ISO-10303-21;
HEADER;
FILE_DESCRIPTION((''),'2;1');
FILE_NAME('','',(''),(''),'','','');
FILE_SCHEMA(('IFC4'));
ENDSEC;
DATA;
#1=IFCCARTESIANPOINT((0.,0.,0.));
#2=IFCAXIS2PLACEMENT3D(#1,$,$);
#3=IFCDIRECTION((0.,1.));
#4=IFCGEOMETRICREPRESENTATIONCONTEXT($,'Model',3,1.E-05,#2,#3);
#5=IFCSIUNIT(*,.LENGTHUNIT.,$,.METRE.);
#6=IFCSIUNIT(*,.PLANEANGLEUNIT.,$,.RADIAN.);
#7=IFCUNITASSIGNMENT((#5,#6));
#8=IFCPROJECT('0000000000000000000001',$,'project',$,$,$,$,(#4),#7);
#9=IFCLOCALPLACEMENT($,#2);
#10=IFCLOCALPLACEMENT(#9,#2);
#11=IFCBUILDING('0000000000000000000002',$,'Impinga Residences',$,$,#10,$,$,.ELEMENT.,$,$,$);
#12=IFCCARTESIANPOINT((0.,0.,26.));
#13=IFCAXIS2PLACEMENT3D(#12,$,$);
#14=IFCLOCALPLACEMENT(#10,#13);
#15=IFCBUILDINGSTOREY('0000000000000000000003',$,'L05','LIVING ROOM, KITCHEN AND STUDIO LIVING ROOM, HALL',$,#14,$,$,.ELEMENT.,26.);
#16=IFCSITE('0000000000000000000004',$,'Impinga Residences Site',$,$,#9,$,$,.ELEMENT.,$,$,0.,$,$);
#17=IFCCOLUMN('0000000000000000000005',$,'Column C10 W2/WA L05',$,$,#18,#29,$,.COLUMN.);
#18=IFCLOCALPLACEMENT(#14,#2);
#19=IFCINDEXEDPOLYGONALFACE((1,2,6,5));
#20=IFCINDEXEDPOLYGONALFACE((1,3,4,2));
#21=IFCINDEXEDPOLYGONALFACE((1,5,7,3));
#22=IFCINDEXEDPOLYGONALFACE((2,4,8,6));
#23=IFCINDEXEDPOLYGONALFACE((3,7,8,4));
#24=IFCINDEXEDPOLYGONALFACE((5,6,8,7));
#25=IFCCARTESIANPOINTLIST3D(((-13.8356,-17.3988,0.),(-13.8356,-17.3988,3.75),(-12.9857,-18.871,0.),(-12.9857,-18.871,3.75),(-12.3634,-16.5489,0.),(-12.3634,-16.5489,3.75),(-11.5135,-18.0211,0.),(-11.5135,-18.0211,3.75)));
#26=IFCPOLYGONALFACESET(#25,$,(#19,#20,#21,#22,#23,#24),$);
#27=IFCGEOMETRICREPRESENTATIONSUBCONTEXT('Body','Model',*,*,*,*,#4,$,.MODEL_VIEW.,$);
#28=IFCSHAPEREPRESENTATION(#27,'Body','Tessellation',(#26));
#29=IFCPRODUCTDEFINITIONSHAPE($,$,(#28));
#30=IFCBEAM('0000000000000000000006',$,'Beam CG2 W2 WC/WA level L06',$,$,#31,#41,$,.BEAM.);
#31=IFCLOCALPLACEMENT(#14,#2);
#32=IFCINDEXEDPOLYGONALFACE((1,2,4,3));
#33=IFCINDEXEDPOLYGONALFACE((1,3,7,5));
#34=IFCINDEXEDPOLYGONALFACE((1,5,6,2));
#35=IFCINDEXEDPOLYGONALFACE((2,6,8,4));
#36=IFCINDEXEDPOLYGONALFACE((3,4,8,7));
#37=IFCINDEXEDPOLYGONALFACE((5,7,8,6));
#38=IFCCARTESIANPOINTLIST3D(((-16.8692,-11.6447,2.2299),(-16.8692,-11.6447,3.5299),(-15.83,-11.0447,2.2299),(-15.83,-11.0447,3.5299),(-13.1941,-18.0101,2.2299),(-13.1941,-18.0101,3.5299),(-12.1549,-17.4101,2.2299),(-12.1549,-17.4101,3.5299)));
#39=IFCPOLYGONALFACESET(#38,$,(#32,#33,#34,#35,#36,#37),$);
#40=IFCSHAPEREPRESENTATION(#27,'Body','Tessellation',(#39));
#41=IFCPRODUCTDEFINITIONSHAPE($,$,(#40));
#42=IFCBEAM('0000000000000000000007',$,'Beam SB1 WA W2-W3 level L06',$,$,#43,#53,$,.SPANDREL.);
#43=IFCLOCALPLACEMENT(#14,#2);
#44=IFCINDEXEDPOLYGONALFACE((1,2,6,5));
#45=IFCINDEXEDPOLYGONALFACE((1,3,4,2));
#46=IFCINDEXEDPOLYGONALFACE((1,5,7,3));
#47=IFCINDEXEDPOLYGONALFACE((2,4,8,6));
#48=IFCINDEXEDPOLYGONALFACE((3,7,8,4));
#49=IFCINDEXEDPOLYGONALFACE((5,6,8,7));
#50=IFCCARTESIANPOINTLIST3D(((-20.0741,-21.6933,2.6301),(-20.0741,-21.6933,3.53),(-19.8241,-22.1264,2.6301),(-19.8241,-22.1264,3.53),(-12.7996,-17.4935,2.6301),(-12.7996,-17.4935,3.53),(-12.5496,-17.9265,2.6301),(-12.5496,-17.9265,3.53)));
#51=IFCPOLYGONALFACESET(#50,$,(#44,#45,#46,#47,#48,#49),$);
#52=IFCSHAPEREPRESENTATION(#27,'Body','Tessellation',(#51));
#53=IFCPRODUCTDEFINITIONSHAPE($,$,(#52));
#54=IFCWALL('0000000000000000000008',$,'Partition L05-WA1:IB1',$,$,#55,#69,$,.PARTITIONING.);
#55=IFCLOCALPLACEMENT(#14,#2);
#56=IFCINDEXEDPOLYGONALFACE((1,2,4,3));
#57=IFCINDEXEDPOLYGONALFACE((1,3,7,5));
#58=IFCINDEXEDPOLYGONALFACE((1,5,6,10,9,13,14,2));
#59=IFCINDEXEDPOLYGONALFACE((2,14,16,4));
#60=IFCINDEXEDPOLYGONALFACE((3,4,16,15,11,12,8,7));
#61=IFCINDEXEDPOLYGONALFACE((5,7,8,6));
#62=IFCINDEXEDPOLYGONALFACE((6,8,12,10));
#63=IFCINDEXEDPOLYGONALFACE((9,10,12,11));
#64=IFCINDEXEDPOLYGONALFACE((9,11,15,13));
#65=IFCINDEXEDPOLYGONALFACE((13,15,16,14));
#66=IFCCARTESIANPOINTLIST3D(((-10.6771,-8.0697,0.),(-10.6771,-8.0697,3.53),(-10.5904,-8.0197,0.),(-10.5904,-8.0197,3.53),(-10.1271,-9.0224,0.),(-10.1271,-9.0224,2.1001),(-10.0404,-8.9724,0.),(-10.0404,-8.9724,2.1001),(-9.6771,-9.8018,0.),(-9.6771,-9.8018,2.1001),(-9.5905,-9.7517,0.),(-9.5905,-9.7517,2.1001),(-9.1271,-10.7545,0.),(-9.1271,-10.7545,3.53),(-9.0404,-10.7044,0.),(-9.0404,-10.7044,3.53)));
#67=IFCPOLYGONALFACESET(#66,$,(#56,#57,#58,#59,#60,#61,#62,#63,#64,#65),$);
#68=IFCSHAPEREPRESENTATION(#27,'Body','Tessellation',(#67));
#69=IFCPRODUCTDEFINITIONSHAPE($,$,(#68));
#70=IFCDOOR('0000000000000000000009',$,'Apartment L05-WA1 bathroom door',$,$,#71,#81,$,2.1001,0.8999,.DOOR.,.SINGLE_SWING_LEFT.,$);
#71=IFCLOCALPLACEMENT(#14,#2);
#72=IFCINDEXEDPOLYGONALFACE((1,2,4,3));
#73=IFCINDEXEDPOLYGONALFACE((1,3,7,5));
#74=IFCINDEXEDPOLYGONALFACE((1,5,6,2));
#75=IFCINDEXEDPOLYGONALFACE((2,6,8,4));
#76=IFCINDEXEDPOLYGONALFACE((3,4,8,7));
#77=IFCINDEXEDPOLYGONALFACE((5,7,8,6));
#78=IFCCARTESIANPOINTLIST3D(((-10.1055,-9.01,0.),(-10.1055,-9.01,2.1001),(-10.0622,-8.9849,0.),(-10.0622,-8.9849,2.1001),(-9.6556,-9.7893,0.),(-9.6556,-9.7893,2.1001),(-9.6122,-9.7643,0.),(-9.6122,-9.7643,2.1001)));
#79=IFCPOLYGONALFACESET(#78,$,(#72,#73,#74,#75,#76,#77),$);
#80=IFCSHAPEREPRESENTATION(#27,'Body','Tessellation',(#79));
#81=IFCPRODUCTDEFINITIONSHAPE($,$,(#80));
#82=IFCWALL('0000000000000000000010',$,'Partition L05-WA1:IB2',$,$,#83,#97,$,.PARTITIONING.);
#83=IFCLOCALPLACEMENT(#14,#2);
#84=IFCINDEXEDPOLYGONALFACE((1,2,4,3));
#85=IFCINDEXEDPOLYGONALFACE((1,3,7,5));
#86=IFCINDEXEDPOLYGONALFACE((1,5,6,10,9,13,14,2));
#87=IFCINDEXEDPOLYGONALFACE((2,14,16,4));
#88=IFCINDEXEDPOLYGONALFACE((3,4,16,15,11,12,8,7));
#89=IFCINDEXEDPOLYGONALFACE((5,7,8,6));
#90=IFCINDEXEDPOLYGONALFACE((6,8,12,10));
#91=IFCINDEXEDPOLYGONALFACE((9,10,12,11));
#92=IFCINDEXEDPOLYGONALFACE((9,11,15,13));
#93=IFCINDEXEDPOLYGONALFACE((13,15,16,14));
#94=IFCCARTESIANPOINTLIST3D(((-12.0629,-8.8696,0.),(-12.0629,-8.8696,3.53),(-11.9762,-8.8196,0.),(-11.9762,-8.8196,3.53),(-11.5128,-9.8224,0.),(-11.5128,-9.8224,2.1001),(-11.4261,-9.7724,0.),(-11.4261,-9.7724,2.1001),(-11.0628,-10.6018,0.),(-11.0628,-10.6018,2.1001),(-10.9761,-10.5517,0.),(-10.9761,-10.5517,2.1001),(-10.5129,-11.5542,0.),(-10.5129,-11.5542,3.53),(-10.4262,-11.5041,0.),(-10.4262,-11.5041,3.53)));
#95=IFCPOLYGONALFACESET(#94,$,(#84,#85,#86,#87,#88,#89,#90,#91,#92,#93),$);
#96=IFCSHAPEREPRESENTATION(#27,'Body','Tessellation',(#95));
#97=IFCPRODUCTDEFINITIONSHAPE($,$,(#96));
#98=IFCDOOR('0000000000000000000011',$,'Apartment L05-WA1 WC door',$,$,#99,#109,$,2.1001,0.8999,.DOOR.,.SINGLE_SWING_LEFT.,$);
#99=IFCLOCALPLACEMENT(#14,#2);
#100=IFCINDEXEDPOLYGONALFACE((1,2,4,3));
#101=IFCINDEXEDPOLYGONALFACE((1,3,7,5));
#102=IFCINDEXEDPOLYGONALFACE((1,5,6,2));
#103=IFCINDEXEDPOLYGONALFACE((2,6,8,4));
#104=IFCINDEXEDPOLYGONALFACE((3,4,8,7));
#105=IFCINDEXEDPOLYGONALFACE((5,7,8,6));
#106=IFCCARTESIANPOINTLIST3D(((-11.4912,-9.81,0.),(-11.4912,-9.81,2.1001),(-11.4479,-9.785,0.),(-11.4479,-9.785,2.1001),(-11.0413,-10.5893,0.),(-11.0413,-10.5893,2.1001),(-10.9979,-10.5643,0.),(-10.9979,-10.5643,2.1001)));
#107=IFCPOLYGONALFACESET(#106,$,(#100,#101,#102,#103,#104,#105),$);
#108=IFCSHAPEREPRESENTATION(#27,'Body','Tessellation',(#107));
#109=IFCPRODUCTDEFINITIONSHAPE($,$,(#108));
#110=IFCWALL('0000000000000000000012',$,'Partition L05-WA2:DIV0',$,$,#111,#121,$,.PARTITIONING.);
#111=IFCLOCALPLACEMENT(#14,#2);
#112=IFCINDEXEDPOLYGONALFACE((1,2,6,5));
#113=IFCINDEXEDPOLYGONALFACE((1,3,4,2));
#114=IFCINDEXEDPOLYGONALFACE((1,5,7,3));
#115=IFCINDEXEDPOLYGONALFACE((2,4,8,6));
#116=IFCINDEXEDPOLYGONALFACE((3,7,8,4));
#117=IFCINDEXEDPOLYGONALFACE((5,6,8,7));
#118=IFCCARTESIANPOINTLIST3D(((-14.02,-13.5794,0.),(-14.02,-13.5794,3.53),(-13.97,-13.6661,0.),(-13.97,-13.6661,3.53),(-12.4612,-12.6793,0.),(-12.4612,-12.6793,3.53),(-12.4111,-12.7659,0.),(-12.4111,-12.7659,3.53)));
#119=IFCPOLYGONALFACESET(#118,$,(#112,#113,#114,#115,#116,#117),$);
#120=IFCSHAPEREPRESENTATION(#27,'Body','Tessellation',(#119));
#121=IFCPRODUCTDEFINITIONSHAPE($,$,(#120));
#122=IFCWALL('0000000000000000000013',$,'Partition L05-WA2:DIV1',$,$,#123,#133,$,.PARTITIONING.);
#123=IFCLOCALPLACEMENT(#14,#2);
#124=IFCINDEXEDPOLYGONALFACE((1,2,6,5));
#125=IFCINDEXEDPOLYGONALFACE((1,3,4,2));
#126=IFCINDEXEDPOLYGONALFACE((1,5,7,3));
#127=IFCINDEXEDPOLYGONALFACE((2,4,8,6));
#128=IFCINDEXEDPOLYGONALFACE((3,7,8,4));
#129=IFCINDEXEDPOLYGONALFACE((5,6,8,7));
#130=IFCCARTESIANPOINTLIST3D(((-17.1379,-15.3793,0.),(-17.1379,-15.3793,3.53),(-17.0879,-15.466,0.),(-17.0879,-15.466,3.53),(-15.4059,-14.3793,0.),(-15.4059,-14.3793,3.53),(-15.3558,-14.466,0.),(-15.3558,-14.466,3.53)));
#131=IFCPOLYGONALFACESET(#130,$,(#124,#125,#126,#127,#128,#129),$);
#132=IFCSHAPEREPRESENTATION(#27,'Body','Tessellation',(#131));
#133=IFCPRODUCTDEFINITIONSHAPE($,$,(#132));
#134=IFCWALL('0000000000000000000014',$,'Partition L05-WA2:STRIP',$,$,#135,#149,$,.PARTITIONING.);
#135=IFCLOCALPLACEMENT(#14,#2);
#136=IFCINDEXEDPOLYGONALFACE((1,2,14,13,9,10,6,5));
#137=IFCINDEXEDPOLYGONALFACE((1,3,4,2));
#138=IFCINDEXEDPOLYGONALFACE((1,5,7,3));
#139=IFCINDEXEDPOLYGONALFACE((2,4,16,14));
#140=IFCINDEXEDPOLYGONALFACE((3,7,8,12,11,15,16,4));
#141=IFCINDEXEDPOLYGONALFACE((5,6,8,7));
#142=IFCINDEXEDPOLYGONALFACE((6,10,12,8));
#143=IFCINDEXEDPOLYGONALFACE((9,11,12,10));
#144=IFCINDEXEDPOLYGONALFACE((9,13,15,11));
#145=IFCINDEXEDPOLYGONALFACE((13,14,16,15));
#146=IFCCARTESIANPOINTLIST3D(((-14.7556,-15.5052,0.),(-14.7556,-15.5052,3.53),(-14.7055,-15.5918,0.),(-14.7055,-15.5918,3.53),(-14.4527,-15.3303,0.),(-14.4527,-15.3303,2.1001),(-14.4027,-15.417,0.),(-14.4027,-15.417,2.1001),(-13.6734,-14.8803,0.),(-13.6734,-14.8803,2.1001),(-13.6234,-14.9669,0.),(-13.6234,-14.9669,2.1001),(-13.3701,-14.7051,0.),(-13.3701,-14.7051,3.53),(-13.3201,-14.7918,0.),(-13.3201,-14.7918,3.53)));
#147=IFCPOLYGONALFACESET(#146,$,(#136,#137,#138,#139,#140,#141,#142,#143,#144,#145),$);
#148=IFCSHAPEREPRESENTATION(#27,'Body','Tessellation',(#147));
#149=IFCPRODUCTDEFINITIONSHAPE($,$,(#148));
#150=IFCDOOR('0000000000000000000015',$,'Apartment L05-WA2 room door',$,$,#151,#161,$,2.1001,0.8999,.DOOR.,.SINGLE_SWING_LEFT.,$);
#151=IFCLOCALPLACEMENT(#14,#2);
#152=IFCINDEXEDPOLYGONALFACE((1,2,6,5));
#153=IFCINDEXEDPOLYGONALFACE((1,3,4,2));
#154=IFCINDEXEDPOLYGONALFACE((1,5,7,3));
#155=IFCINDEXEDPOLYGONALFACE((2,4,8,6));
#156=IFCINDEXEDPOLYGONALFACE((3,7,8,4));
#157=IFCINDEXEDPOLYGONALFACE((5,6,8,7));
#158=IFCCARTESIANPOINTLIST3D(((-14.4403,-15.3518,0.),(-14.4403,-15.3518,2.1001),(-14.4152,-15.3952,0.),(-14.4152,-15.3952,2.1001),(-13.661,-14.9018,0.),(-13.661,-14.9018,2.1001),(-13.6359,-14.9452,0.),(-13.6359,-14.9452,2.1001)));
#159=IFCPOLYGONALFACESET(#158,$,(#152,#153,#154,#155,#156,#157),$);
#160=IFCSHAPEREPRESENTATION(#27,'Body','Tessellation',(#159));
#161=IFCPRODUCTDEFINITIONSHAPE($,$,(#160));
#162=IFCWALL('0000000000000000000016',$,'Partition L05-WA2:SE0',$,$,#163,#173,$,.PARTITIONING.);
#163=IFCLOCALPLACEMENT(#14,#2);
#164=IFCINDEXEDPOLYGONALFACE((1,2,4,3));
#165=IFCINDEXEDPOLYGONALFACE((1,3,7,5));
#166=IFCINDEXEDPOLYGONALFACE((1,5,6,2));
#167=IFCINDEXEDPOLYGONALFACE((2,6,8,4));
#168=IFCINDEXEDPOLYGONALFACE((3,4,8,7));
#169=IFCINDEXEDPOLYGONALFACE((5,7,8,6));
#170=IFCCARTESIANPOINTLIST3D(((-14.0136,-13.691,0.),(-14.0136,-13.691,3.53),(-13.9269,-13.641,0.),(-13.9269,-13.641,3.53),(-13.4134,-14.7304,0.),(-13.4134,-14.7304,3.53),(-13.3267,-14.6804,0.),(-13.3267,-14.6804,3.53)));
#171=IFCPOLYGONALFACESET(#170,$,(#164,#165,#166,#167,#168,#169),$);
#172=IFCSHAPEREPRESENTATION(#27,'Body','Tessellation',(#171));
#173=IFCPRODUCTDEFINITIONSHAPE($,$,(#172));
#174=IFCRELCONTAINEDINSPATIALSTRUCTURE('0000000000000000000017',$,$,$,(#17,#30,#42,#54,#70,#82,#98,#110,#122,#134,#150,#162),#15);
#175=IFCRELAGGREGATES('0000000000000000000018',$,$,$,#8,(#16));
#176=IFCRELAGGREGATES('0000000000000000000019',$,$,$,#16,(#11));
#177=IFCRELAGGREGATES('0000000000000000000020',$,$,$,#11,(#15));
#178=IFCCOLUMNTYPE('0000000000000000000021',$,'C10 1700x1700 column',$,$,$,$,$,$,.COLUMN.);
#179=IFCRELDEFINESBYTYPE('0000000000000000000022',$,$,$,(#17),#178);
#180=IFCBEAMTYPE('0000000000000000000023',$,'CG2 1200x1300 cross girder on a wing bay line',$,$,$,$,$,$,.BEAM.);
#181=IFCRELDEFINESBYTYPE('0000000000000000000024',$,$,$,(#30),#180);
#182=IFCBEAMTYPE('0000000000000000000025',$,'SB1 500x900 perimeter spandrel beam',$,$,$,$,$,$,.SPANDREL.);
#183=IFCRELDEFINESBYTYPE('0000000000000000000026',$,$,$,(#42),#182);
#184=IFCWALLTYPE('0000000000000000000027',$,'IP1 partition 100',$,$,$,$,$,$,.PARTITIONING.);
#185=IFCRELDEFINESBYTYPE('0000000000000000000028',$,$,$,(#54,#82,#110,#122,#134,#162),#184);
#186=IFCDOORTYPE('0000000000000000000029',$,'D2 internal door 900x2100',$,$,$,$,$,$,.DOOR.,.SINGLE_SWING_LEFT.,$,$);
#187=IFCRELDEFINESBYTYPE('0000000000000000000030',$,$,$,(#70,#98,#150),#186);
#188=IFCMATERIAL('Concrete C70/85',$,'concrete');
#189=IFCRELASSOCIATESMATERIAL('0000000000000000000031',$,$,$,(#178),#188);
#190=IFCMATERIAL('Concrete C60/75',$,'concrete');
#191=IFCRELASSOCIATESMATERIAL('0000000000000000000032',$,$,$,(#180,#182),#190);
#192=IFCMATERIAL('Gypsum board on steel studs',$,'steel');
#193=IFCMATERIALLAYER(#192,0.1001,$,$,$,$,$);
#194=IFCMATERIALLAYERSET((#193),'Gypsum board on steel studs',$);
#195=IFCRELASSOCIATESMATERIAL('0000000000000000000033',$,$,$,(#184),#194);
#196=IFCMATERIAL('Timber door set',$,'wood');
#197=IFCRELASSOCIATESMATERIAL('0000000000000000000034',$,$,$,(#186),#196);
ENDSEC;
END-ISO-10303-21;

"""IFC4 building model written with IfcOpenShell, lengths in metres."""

from ifc_helpers import new_model, si_unit, direction, frame, frame_2d, origin, origin_2d, place, context, subcontext, project, spatial, rectangle, extrude, material, layer, layer_set, material_profile, profile_set, type_object, element, fill, save


model = new_model("IFC4")

# Units and contexts
model_context = context("Model", 3, precision=1e-05, world=origin(), true_north=direction((0.0, 1.0)))
body_context = subcontext(model_context, "Body", "Model", "MODEL_VIEW")
ifc_project = project(units=[si_unit("LENGTHUNIT", "METRE"), si_unit("PLANEANGLEUNIT", "RADIAN")], contexts=[model_context])

# Site, building, storey
site_placement = place(None, origin())
site = spatial("IfcSite", under=ifc_project, at=site_placement, Name="Impinga Residences Site", CompositionType="ELEMENT", RefElevation=0.0)
building_placement = place(site_placement, origin())
building = spatial("IfcBuilding", under=site, at=building_placement, Name="Impinga Residences", CompositionType="ELEMENT")
storey_placement = place(building_placement, frame((0.0, 0.0, 26.0)))
storey = spatial("IfcBuildingStorey", under=building, at=storey_placement, Name="L05", Description="LIVING ROOM, KITCHEN AND STUDIO LIVING ROOM, HALL", CompositionType="ELEMENT", Elevation=26.0)

# Column
ifc_material_1 = material(Name="Concrete C70/85", Category="concrete")
ifc_material_profile_1 = material_profile(ifc_material_1, rectangle(XDim=1.7, YDim=1.7, at=origin_2d()), Name="RC 1700x1700")
ifc_profile_set_1 = profile_set([ifc_material_profile_1], Name="Concrete C70/85")
column_type = type_object("IfcColumnType", Name="C10 1700x1700 column", PredefinedType="COLUMN", material=ifc_profile_set_1)
column_placement = place(storey_placement, frame((-12.6746, -17.71, 0.0), z_axis=(0.0, 0.0, 1.0), x_axis=(-0.5, 0.866025, 0.0)))
element("IfcColumn", 1, at=column_placement, inside=storey, type_object=column_type, Name="Column C10 W2/WA L05", PredefinedType="COLUMN", context=body_context, shape_type="SweptSolid", body=[
    extrude(rectangle(XDim=1.7, YDim=1.7, at=origin_2d()), origin(), (0.0, 0.0, 1.0), 3.75),
])

# Beams
ifc_material_2 = material(Name="Concrete C60/75", Category="concrete")
ifc_material_profile_2 = material_profile(ifc_material_2, rectangle(XDim=1.2, YDim=1.3, at=origin_2d()), Name="RC 1200x1300")
ifc_profile_set_2 = profile_set([ifc_material_profile_2], Name="Concrete C60/75")
beam_type_1 = type_object("IfcBeamType", Name="CG2 1200x1300 cross girder on a wing bay line", PredefinedType="BEAM", material=ifc_profile_set_2)
beam_1_placement = place(storey_placement, frame((-16.3496, -11.3447, 2.8799), z_axis=(0.500008, -0.866021, 0.0), x_axis=(0.866021, 0.500008, 0.0)))
element("IfcBeam", 2, at=beam_1_placement, inside=storey, type_object=beam_type_1, Name="Beam CG2 W2 WC/WA level L06", PredefinedType="BEAM", context=body_context, shape_type="SweptSolid", body=[
    extrude(rectangle(XDim=1.2, YDim=1.3, at=origin_2d()), origin(), (0.0, 0.0, 1.0), 7.3501),
])
ifc_material_profile_3 = material_profile(ifc_material_2, rectangle(XDim=0.5, YDim=0.8999, at=origin_2d()), Name="RC 500x900")
ifc_profile_set_3 = profile_set([ifc_material_profile_3], Name="Concrete C60/75")
beam_type_2 = type_object("IfcBeamType", Name="SB1 500x900 perimeter spandrel beam", PredefinedType="SPANDREL", material=ifc_profile_set_3)
beam_2_placement = place(storey_placement, frame((-12.6746, -17.71, 3.0801), z_axis=(-0.866029, -0.499993, 0.0), x_axis=(0.499993, -0.866029, 0.0)))
element("IfcBeam", 3, at=beam_2_placement, inside=storey, type_object=beam_type_2, Name="Beam SB1 WA W2-W3 level L06", PredefinedType="SPANDREL", context=body_context, shape_type="SweptSolid", body=[
    extrude(rectangle(XDim=0.5, YDim=0.8999, at=origin_2d()), origin(), (0.0, 0.0, 1.0), 8.3999),
])

# Walls, openings, doors
ifc_material_3 = material(Name="Gypsum board on steel studs", Category="steel")
ifc_layer_1 = layer(ifc_material_3, 0.1001)
ifc_layer_set_1 = layer_set([ifc_layer_1], Name="Gypsum board on steel studs")
wall_type_1 = type_object("IfcWallType", Name="IP1 partition 100", PredefinedType="PARTITIONING", material=ifc_layer_set_1)
wall_1_placement = place(storey_placement, frame((-10.6338, -8.0447, 0.0), z_axis=(0.0, 0.0, 1.0), x_axis=(0.499993, -0.86603, 0.0)))
wall_1 = element("IfcWall", 4, at=wall_1_placement, inside=storey, type_object=wall_type_1, Name="Partition L05-WA1:IB1", PredefinedType="PARTITIONING", context=body_context, shape_type="SweptSolid", body=[
    extrude(rectangle(XDim=3.1001, YDim=0.1001, at=frame_2d((1.55, 0.0))), origin(), (0.0, 0.0, 1.0), 3.53),
])
opening_1_placement = place(wall_1_placement, frame((1.1001, 0.0, 0.0)))
opening_1 = element("IfcOpeningElement", 5, at=opening_1_placement, cuts=wall_1, PredefinedType="OPENING", context=body_context, shape_type="SweptSolid", body=[
    extrude(rectangle(XDim=0.8999, YDim=2.1001, at=frame_2d((0.45, 1.05))), frame((0.0, 0.0601, 0.0), z_axis=(0.0, -1.0, 0.0), x_axis=(1.0, 0.0, 0.0)), (0.0, 0.0, 1.0), 0.1201),
])
ifc_material_4 = material(Name="Timber door set", Category="wood")
door_type = type_object("IfcDoorType", Name="D2 internal door 900x2100", OperationType="SINGLE_SWING_LEFT", PredefinedType="DOOR", material=ifc_material_4)
door_1_placement = place(opening_1_placement, origin())
door_1 = element("IfcDoor", 6, at=door_1_placement, inside=storey, type_object=door_type, Name="Apartment L05-WA1 bathroom door", OperationType="SINGLE_SWING_LEFT", OverallHeight=2.1001, OverallWidth=0.8999, PredefinedType="DOOR", context=body_context, shape_type="SweptSolid", body=[
    extrude(rectangle(XDim=0.8999, YDim=2.1001, at=frame_2d((0.45, 1.05))), frame((0.0, 0.0249, 0.0), z_axis=(0.0, -1.0, 0.0), x_axis=(1.0, 0.0, 0.0)), (0.0, 0.0, 1.0), 0.05),
])
fill(opening_1, door_1)
wall_2_placement = place(storey_placement, frame((-12.0195, -8.8447, 0.0), z_axis=(0.0, 0.0, 1.0), x_axis=(0.500027, -0.86601, 0.0)))
wall_2 = element("IfcWall", 7, at=wall_2_placement, inside=storey, type_object=wall_type_1, Name="Partition L05-WA1:IB2", PredefinedType="PARTITIONING", context=body_context, shape_type="SweptSolid", body=[
    extrude(rectangle(XDim=3.0999, YDim=0.1001, at=frame_2d((1.5498, 0.0))), origin(), (0.0, 0.0, 1.0), 3.53),
])
opening_2_placement = place(wall_2_placement, frame((1.1001, 0.0, 0.0)))
opening_2 = element("IfcOpeningElement", 8, at=opening_2_placement, cuts=wall_2, PredefinedType="OPENING", context=body_context, shape_type="SweptSolid", body=[
    extrude(rectangle(XDim=0.8999, YDim=2.1001, at=frame_2d((0.45, 1.05))), frame((0.0, 0.0601, 0.0), z_axis=(0.0, -1.0, 0.0), x_axis=(1.0, 0.0, 0.0)), (0.0, 0.0, 1.0), 0.1201),
])
door_2_placement = place(opening_2_placement, origin())
door_2 = element("IfcDoor", 9, at=door_2_placement, inside=storey, type_object=door_type, Name="Apartment L05-WA1 WC door", OperationType="SINGLE_SWING_LEFT", OverallHeight=2.1001, OverallWidth=0.8999, PredefinedType="DOOR", context=body_context, shape_type="SweptSolid", body=[
    extrude(rectangle(XDim=0.8999, YDim=2.1001, at=frame_2d((0.45, 1.05))), frame((0.0, 0.0249, 0.0), z_axis=(0.0, -1.0, 0.0), x_axis=(1.0, 0.0, 0.0)), (0.0, 0.0, 1.0), 0.05),
])
fill(opening_2, door_2)

# Walls
wall_3_placement = place(storey_placement, frame((-12.4363, -12.7227, 0.0), z_axis=(0.0, 0.0, 1.0), x_axis=(-0.865989, -0.500063, 0.0)))
element("IfcWall", 10, at=wall_3_placement, inside=storey, type_object=wall_type_1, Name="Partition L05-WA2:DIV0", PredefinedType="PARTITIONING", context=body_context, shape_type="SweptSolid", body=[
    extrude(rectangle(XDim=1.8, YDim=0.1001, at=frame_2d((0.8999, 0.0))), origin(), (0.0, 0.0, 1.0), 3.53),
])
wall_4_placement = place(storey_placement, frame((-15.3809, -14.4226, 0.0), z_axis=(0.0, 0.0, 1.0), x_axis=(-0.866011, -0.500025, 0.0)))
element("IfcWall", 11, at=wall_4_placement, inside=storey, type_object=wall_type_1, Name="Partition L05-WA2:DIV1", PredefinedType="PARTITIONING", context=body_context, shape_type="SweptSolid", body=[
    extrude(rectangle(XDim=2.0, YDim=0.1001, at=frame_2d((1.0, 0.0))), origin(), (0.0, 0.0, 1.0), 3.53),
])

# Wall, opening, door
wall_5_placement = place(storey_placement, frame((-13.3452, -14.7485, 0.0), z_axis=(0.0, 0.0, 1.0), x_axis=(-0.86599, -0.500061, 0.0)))
wall_5 = element("IfcWall", 12, at=wall_5_placement, inside=storey, type_object=wall_type_1, Name="Partition L05-WA2:STRIP", PredefinedType="PARTITIONING", context=body_context, shape_type="SweptSolid", body=[
    extrude(rectangle(XDim=1.5999, YDim=0.1001, at=frame_2d((0.7998, 0.0))), origin(), (0.0, 0.0, 1.0), 3.53),
])
opening_3_placement = place(wall_5_placement, frame((0.3501, 0.0, 0.0)))
opening_3 = element("IfcOpeningElement", 13, at=opening_3_placement, cuts=wall_5, PredefinedType="OPENING", context=body_context, shape_type="SweptSolid", body=[
    extrude(rectangle(XDim=0.8999, YDim=2.1001, at=frame_2d((0.45, 1.05))), frame((0.0, 0.0601, 0.0), z_axis=(0.0, -1.0, 0.0), x_axis=(1.0, 0.0, 0.0)), (0.0, 0.0, 1.0), 0.1201),
])
door_3_placement = place(opening_3_placement, origin())
door_3 = element("IfcDoor", 14, at=door_3_placement, inside=storey, type_object=door_type, Name="Apartment L05-WA2 room door", OperationType="SINGLE_SWING_LEFT", OverallHeight=2.1001, OverallWidth=0.8999, PredefinedType="DOOR", context=body_context, shape_type="SweptSolid", body=[
    extrude(rectangle(XDim=0.8999, YDim=2.1001, at=frame_2d((0.45, 1.05))), frame((0.0, 0.0249, 0.0), z_axis=(0.0, -1.0, 0.0), x_axis=(1.0, 0.0, 0.0)), (0.0, 0.0, 1.0), 0.05),
])
fill(opening_3, door_3)

# Wall
wall_6_placement = place(storey_placement, frame((-13.9702, -13.666, 0.0), z_axis=(0.0, 0.0, 1.0), x_axis=(0.500034, -0.866006, 0.0)))
element("IfcWall", 15, at=wall_6_placement, inside=storey, type_object=wall_type_1, Name="Partition L05-WA2:SE0", PredefinedType="PARTITIONING", context=body_context, shape_type="SweptSolid", body=[
    extrude(rectangle(XDim=1.2002, YDim=0.1001, at=frame_2d((0.6001, 0.0))), origin(), (0.0, 0.0, 1.0), 3.53),
])

save(model, "model.ifc")
